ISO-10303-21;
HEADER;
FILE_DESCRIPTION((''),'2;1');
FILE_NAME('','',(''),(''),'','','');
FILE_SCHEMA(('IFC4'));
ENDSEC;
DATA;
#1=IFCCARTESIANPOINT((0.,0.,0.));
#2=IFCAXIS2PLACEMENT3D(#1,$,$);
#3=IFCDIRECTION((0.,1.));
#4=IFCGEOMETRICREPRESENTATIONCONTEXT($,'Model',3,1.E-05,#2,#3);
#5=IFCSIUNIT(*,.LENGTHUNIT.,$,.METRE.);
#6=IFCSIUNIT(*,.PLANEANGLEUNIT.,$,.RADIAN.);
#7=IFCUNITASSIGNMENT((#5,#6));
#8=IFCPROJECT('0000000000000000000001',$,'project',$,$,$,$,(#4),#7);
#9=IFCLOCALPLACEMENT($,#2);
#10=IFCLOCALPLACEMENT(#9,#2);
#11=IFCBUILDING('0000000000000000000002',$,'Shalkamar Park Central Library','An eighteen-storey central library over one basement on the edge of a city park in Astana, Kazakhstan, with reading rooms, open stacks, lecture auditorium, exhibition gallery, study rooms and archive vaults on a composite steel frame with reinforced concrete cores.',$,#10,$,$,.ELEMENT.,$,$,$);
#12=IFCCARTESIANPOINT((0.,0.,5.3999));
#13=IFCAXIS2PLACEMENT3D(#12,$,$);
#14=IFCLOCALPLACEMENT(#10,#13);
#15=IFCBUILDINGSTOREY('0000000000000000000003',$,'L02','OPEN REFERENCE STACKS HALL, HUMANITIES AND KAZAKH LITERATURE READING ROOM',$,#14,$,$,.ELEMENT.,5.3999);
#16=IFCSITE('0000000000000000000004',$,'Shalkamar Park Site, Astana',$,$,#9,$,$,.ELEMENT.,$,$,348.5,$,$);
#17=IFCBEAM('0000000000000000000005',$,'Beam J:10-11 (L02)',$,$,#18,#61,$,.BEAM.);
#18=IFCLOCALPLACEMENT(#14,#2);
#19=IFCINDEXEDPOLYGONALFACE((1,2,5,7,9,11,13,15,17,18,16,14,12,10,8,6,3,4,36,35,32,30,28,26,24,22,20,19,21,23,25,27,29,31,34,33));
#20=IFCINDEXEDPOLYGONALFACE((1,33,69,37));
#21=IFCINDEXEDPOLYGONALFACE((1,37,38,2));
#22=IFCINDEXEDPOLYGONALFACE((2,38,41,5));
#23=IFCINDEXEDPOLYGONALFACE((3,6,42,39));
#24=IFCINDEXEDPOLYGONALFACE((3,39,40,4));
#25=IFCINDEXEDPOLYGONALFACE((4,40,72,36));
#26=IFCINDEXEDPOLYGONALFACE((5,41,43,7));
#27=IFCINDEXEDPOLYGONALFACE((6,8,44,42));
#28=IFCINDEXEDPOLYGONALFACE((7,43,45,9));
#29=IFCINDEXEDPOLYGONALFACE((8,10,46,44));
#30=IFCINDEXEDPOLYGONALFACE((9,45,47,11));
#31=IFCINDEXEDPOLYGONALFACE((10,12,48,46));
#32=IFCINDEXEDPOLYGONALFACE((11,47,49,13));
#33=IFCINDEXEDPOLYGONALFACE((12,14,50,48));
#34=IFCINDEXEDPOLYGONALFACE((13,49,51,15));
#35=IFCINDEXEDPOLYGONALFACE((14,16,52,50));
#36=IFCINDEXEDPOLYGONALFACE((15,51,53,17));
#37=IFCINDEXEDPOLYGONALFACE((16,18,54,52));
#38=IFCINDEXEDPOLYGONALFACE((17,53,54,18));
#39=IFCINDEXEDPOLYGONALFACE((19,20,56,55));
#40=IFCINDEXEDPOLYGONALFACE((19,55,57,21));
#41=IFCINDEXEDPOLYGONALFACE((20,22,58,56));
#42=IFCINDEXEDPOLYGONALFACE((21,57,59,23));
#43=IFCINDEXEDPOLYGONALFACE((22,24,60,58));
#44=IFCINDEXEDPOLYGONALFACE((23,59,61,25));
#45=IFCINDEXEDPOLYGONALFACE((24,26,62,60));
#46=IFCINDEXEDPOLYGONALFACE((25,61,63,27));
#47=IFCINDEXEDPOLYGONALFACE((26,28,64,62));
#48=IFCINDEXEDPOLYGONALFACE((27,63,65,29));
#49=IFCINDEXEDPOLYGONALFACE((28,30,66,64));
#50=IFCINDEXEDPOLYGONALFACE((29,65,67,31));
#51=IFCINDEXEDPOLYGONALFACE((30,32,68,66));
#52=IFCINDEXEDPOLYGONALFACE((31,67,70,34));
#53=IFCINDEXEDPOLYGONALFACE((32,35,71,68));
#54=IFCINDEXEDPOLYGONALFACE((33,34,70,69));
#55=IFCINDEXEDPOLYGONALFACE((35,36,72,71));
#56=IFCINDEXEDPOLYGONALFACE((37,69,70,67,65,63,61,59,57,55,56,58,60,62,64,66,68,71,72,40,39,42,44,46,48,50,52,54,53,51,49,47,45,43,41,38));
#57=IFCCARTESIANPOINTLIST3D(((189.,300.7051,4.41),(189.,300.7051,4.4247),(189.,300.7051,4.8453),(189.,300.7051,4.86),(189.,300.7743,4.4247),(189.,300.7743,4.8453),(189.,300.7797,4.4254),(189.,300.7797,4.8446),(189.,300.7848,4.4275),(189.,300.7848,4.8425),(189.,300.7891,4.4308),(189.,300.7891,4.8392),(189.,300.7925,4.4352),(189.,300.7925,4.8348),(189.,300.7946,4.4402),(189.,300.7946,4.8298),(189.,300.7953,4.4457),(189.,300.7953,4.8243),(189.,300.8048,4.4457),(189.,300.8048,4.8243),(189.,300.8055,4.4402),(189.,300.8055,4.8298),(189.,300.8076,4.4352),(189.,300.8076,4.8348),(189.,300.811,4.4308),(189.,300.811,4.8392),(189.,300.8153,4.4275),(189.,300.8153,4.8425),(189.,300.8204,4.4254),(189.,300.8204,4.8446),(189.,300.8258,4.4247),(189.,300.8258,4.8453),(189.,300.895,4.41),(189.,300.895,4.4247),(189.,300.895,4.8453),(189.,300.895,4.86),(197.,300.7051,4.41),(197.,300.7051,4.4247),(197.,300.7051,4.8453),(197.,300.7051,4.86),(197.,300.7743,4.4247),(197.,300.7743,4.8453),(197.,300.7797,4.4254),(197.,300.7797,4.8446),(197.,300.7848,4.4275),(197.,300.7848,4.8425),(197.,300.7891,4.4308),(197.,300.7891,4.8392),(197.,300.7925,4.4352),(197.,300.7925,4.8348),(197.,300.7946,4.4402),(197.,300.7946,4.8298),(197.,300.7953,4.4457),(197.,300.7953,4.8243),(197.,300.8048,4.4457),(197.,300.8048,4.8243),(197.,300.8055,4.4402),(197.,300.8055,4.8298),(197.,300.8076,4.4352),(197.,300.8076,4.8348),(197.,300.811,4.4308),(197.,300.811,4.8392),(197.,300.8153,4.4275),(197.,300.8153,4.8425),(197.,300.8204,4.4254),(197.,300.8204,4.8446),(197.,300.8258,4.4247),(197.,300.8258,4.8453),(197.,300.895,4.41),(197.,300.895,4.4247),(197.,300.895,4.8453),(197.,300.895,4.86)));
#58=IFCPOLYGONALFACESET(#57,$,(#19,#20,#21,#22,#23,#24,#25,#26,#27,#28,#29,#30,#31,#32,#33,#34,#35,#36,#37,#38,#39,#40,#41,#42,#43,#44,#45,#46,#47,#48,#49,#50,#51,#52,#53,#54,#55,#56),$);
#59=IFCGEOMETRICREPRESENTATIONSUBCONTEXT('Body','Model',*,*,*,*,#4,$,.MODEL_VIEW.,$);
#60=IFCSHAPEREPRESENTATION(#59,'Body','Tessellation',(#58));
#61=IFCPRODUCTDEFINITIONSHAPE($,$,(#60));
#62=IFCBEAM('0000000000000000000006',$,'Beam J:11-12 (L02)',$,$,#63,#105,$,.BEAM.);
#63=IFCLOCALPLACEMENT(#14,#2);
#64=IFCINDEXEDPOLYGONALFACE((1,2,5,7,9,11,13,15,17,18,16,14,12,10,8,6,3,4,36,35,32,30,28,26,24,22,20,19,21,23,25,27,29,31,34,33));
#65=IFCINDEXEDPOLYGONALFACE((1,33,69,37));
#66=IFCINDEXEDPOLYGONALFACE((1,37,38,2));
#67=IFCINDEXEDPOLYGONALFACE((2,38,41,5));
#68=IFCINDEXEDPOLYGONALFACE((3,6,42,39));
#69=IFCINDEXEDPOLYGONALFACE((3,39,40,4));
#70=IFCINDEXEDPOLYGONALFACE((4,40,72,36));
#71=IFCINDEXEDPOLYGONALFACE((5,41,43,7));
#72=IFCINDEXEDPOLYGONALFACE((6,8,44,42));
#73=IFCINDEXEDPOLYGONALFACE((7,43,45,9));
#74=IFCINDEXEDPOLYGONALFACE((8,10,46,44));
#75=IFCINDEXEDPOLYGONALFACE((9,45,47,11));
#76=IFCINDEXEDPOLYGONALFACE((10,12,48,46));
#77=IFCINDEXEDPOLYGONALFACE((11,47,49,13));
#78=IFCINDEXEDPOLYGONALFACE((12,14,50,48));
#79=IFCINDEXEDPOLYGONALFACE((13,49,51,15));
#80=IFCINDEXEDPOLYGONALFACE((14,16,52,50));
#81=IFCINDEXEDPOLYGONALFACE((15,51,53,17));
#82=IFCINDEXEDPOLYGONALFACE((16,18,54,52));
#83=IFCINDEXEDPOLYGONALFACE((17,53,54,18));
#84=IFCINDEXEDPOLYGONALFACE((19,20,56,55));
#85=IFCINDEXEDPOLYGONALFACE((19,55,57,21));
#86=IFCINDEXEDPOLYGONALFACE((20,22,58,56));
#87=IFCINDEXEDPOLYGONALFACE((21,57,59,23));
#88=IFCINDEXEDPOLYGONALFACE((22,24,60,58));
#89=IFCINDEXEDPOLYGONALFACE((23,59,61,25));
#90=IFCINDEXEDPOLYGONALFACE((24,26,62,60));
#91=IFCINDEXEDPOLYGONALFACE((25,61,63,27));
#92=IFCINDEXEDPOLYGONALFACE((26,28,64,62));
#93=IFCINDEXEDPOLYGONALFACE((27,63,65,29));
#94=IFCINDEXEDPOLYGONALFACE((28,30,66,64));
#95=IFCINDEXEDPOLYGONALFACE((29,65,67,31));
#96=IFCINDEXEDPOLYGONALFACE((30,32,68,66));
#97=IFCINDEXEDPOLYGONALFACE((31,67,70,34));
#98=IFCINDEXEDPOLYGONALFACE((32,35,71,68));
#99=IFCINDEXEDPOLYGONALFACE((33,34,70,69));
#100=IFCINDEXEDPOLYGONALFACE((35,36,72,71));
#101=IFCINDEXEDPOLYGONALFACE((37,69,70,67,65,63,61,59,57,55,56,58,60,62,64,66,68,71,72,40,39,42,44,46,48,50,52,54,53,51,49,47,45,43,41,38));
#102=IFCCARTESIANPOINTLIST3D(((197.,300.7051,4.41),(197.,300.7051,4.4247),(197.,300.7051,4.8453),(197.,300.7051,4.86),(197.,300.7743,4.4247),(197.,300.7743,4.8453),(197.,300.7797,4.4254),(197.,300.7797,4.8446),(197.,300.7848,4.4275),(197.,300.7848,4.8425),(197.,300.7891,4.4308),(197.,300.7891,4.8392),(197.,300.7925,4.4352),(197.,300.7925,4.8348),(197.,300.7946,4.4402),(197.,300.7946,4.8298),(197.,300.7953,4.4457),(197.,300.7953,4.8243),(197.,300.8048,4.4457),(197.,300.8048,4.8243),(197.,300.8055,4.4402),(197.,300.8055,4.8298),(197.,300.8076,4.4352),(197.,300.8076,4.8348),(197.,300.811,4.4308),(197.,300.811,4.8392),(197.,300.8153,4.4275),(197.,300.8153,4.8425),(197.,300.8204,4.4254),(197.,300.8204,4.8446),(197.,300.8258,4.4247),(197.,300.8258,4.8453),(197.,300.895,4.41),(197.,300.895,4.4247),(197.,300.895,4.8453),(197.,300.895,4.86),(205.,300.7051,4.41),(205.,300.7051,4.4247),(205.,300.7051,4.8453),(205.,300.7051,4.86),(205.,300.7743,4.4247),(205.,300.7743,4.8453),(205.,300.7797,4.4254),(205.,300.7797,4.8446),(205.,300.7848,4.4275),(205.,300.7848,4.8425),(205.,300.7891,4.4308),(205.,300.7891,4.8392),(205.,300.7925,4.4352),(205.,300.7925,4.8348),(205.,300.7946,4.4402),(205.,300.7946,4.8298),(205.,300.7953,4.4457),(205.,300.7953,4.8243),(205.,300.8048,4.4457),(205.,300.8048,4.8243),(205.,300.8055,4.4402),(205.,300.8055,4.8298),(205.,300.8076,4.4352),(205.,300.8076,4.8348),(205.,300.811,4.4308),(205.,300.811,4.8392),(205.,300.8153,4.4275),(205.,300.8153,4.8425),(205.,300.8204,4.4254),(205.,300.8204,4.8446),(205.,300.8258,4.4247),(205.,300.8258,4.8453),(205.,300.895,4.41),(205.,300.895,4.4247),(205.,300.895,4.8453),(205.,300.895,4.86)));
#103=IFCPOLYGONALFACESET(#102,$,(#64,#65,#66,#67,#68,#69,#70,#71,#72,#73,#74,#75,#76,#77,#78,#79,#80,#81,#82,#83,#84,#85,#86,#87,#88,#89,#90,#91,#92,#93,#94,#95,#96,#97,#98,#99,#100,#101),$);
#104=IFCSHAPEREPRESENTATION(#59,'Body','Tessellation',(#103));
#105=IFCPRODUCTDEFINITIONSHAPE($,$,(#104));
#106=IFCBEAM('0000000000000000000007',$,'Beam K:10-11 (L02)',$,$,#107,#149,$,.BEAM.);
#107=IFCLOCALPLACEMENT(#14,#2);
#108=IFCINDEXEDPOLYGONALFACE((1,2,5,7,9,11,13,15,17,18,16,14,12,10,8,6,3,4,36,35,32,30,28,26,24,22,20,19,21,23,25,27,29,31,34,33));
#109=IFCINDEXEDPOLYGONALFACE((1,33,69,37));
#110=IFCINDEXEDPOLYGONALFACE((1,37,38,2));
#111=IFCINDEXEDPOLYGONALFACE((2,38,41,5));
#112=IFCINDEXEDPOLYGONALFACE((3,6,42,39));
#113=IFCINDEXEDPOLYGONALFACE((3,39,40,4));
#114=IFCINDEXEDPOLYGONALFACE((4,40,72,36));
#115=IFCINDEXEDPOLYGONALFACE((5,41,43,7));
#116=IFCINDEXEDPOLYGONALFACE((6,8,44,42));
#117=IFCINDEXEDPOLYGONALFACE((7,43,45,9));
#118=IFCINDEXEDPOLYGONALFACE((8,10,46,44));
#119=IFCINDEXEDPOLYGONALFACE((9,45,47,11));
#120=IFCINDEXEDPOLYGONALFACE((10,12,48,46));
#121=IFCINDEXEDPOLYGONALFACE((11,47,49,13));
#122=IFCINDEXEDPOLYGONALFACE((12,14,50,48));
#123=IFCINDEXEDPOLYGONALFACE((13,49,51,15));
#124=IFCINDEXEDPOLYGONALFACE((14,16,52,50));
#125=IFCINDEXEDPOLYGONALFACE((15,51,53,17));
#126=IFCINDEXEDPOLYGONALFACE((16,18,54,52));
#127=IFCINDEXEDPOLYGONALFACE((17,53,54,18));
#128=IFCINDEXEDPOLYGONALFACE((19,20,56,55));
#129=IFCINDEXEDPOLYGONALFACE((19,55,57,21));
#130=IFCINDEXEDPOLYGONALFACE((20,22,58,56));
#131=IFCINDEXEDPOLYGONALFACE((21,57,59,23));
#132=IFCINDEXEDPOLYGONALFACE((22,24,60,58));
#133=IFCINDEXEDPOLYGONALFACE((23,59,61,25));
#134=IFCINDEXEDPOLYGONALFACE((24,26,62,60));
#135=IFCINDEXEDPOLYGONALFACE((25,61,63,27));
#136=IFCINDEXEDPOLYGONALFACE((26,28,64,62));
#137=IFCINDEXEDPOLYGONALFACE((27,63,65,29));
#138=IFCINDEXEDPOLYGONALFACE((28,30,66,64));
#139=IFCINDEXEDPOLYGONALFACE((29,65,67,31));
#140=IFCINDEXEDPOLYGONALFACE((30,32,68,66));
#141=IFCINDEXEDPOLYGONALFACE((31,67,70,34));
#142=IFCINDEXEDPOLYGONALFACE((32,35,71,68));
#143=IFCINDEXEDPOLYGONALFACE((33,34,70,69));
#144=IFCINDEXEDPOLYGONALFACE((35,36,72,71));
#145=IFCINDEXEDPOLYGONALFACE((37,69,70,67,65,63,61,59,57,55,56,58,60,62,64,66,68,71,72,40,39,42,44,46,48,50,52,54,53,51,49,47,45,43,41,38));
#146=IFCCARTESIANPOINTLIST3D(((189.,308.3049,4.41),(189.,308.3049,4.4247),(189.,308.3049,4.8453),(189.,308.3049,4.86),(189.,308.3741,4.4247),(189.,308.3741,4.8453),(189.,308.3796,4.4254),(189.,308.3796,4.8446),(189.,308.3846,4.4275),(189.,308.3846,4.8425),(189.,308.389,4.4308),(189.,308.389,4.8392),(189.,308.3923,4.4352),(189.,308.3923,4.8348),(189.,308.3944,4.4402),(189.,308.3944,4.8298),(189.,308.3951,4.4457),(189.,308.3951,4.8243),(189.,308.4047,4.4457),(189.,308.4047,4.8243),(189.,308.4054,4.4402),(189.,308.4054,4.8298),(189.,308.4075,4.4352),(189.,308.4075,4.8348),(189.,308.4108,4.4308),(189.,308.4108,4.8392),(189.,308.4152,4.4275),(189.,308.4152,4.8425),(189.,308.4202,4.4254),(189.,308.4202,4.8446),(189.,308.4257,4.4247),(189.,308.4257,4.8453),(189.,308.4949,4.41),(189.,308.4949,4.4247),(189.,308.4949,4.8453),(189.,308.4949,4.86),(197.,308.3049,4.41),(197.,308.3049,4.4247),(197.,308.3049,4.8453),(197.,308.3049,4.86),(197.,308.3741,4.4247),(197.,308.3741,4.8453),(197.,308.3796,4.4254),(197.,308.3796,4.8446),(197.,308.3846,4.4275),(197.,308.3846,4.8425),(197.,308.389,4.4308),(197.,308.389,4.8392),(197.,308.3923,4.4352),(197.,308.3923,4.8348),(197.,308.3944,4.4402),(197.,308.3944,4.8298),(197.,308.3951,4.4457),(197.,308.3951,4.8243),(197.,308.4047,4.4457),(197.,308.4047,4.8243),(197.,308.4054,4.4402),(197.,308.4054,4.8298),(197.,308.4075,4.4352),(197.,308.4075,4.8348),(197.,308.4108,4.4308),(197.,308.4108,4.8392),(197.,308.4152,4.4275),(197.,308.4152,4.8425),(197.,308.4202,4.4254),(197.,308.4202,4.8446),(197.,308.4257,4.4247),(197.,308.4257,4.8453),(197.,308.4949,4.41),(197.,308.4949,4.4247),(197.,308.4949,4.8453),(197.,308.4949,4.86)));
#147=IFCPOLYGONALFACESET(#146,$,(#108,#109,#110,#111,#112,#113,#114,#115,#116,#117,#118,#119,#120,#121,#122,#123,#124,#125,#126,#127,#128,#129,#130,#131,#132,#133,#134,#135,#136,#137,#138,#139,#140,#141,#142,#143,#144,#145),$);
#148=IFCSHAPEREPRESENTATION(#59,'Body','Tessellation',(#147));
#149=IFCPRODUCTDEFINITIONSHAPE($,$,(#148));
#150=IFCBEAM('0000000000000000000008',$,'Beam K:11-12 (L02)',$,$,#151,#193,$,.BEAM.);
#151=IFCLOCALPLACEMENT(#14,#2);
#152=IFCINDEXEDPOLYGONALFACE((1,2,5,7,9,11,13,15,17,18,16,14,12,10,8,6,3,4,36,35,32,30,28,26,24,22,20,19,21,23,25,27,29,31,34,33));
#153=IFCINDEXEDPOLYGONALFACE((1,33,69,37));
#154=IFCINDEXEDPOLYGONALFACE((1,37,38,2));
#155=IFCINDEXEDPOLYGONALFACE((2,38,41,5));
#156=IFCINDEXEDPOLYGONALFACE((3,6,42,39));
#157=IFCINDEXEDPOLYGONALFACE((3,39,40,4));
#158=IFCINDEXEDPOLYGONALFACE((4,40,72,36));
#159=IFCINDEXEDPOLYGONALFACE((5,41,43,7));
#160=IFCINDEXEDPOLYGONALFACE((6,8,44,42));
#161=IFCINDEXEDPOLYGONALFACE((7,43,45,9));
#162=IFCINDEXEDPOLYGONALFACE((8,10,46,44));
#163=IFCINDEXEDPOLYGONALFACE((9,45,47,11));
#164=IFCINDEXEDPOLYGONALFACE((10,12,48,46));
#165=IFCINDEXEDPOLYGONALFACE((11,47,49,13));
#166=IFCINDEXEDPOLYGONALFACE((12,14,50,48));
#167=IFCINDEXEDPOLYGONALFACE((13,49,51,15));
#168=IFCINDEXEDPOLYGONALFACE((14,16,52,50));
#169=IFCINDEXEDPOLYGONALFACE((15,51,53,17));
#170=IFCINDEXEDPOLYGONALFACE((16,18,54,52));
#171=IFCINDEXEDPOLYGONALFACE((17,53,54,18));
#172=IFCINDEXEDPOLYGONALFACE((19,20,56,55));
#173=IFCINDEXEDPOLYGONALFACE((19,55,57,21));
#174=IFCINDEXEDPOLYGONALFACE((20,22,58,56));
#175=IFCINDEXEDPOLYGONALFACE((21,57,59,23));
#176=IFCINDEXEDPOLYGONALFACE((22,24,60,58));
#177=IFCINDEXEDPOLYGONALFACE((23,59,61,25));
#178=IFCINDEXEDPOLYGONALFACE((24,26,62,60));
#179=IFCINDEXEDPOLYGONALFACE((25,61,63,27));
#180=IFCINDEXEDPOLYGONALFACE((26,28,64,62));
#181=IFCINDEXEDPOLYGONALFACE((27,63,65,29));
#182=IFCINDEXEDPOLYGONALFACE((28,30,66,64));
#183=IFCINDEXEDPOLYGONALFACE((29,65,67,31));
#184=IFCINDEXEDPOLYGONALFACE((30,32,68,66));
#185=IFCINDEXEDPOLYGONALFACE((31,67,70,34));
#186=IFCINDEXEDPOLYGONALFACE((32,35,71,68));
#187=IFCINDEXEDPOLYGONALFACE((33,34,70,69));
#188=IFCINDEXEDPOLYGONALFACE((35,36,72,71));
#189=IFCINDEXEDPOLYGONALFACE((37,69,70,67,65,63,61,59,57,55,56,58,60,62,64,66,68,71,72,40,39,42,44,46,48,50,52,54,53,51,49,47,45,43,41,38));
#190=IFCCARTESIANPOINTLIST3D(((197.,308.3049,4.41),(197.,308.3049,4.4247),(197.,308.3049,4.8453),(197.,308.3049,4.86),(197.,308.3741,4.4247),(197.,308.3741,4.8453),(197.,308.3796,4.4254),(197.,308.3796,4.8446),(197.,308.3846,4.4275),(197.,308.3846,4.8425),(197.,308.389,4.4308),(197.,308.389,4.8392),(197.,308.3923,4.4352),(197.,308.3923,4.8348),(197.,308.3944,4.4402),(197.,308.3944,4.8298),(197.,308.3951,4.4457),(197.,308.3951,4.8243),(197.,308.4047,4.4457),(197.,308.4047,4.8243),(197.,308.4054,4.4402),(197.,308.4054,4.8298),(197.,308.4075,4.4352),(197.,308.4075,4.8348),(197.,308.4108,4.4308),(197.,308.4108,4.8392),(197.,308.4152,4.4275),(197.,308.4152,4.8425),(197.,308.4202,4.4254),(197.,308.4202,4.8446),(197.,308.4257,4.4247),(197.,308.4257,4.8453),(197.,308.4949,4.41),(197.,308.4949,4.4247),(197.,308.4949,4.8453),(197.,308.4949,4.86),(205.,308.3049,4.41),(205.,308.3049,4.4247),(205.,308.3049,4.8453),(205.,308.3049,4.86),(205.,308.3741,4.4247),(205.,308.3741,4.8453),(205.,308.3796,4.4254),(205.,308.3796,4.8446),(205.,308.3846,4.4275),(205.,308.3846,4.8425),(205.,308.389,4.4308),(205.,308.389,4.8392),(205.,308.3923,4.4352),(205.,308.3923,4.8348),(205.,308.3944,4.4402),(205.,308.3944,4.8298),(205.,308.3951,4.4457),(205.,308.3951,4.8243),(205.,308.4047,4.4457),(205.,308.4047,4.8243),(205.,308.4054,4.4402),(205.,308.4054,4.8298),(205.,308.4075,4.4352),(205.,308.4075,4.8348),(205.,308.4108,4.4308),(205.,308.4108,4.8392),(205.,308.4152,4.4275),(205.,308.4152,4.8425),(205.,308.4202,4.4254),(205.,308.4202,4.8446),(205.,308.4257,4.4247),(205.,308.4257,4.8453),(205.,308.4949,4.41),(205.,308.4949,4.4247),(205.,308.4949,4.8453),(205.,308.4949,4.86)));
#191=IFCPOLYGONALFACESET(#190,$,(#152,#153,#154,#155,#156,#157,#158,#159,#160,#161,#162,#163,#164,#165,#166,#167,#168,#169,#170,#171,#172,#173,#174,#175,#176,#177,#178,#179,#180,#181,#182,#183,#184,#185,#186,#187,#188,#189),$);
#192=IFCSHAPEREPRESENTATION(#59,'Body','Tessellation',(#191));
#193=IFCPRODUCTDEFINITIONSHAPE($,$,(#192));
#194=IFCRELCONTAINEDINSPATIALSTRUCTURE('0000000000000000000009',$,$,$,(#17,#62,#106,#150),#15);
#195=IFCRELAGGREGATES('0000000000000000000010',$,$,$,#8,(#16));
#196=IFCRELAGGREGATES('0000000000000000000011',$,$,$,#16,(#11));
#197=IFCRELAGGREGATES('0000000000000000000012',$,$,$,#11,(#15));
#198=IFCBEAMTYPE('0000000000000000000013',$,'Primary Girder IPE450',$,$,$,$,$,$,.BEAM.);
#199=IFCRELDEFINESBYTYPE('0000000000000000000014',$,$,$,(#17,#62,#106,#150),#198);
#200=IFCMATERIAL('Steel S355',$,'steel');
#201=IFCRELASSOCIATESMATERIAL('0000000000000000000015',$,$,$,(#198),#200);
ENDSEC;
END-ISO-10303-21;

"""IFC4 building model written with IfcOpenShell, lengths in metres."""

from ifc_helpers import new_model, si_unit, direction, frame, origin, origin_2d, place, context, subcontext, project, spatial, i_section, extrude, material, material_profile, profile_set, type_object, element, save


model = new_model("IFC4")

# Units and contexts
model_context = context("Model", 3, precision=1e-05, world=origin(), true_north=direction((0.0, 1.0)))
body_context = subcontext(model_context, "Body", "Model", "MODEL_VIEW")
ifc_project = project(units=[si_unit("LENGTHUNIT", "METRE"), si_unit("PLANEANGLEUNIT", "RADIAN")], contexts=[model_context])

# Site, building, storey
site_placement = place(None, origin())
site = spatial("IfcSite", under=ifc_project, at=site_placement, Name="Shalkamar Park Site, Astana", CompositionType="ELEMENT", RefElevation=348.5)
building_placement = place(site_placement, origin())
building = spatial("IfcBuilding", under=site, at=building_placement, Name="Shalkamar Park Central Library", Description="An eighteen-storey central library over one basement on the edge of a city park in Astana, Kazakhstan, with reading rooms, open stacks, lecture auditorium, exhibition gallery, study rooms and archive vaults on a composite steel frame with reinforced concrete cores.", CompositionType="ELEMENT")
storey_placement = place(building_placement, frame((0.0, 0.0, 5.3999)))
storey = spatial("IfcBuildingStorey", under=building, at=storey_placement, Name="L02", Description="OPEN REFERENCE STACKS HALL, HUMANITIES AND KAZAKH LITERATURE READING ROOM", CompositionType="ELEMENT", Elevation=5.3999)

# Shared definitions
ifc_material_1 = material(Name="Steel S355", Category="steel")

# Beams
ifc_material_profile_1 = material_profile(ifc_material_1, i_section(OverallWidth=0.1899, OverallDepth=0.45, WebThickness=0.0095, FlangeThickness=0.0146, FilletRadius=0.021, at=origin_2d()), Name="IPE 450")
ifc_profile_set_1 = profile_set([ifc_material_profile_1], Name="Steel S355")
beam_type_1 = type_object("IfcBeamType", Name="Primary Girder IPE450", PredefinedType="BEAM", material=ifc_profile_set_1)
for number, where, z_axis, x_axis, name in (
    (1, (189.0, 300.8, 4.635), (1.0, 0.0, 0.0), (0.0, 1.0, 0.0), "Beam J:10-11 (L02)"),
    (2, (197.0, 300.8, 4.635), (1.0, 0.0, 0.0), (0.0, 1.0, 0.0), "Beam J:11-12 (L02)"),
    (3, (189.0, 308.3999, 4.635), (1.0, 0.0, 0.0), (0.0, 1.0, 0.0), "Beam K:10-11 (L02)"),
    (4, (197.0, 308.3999, 4.635), (1.0, 0.0, 0.0), (0.0, 1.0, 0.0), "Beam K:11-12 (L02)"),
):
    element("IfcBeam", number, at=place(storey_placement, frame(where, z_axis=z_axis, x_axis=x_axis)), inside=storey, type_object=beam_type_1, Name=name, PredefinedType="BEAM", context=body_context, shape_type="SweptSolid", body=[
        extrude(i_section(OverallWidth=0.1899, OverallDepth=0.45, WebThickness=0.0095, FlangeThickness=0.0146, FilletRadius=0.021, at=origin_2d()), origin(), (0.0, 0.0, 1.0), 8.0),
    ])

save(model, "model.ifc")
